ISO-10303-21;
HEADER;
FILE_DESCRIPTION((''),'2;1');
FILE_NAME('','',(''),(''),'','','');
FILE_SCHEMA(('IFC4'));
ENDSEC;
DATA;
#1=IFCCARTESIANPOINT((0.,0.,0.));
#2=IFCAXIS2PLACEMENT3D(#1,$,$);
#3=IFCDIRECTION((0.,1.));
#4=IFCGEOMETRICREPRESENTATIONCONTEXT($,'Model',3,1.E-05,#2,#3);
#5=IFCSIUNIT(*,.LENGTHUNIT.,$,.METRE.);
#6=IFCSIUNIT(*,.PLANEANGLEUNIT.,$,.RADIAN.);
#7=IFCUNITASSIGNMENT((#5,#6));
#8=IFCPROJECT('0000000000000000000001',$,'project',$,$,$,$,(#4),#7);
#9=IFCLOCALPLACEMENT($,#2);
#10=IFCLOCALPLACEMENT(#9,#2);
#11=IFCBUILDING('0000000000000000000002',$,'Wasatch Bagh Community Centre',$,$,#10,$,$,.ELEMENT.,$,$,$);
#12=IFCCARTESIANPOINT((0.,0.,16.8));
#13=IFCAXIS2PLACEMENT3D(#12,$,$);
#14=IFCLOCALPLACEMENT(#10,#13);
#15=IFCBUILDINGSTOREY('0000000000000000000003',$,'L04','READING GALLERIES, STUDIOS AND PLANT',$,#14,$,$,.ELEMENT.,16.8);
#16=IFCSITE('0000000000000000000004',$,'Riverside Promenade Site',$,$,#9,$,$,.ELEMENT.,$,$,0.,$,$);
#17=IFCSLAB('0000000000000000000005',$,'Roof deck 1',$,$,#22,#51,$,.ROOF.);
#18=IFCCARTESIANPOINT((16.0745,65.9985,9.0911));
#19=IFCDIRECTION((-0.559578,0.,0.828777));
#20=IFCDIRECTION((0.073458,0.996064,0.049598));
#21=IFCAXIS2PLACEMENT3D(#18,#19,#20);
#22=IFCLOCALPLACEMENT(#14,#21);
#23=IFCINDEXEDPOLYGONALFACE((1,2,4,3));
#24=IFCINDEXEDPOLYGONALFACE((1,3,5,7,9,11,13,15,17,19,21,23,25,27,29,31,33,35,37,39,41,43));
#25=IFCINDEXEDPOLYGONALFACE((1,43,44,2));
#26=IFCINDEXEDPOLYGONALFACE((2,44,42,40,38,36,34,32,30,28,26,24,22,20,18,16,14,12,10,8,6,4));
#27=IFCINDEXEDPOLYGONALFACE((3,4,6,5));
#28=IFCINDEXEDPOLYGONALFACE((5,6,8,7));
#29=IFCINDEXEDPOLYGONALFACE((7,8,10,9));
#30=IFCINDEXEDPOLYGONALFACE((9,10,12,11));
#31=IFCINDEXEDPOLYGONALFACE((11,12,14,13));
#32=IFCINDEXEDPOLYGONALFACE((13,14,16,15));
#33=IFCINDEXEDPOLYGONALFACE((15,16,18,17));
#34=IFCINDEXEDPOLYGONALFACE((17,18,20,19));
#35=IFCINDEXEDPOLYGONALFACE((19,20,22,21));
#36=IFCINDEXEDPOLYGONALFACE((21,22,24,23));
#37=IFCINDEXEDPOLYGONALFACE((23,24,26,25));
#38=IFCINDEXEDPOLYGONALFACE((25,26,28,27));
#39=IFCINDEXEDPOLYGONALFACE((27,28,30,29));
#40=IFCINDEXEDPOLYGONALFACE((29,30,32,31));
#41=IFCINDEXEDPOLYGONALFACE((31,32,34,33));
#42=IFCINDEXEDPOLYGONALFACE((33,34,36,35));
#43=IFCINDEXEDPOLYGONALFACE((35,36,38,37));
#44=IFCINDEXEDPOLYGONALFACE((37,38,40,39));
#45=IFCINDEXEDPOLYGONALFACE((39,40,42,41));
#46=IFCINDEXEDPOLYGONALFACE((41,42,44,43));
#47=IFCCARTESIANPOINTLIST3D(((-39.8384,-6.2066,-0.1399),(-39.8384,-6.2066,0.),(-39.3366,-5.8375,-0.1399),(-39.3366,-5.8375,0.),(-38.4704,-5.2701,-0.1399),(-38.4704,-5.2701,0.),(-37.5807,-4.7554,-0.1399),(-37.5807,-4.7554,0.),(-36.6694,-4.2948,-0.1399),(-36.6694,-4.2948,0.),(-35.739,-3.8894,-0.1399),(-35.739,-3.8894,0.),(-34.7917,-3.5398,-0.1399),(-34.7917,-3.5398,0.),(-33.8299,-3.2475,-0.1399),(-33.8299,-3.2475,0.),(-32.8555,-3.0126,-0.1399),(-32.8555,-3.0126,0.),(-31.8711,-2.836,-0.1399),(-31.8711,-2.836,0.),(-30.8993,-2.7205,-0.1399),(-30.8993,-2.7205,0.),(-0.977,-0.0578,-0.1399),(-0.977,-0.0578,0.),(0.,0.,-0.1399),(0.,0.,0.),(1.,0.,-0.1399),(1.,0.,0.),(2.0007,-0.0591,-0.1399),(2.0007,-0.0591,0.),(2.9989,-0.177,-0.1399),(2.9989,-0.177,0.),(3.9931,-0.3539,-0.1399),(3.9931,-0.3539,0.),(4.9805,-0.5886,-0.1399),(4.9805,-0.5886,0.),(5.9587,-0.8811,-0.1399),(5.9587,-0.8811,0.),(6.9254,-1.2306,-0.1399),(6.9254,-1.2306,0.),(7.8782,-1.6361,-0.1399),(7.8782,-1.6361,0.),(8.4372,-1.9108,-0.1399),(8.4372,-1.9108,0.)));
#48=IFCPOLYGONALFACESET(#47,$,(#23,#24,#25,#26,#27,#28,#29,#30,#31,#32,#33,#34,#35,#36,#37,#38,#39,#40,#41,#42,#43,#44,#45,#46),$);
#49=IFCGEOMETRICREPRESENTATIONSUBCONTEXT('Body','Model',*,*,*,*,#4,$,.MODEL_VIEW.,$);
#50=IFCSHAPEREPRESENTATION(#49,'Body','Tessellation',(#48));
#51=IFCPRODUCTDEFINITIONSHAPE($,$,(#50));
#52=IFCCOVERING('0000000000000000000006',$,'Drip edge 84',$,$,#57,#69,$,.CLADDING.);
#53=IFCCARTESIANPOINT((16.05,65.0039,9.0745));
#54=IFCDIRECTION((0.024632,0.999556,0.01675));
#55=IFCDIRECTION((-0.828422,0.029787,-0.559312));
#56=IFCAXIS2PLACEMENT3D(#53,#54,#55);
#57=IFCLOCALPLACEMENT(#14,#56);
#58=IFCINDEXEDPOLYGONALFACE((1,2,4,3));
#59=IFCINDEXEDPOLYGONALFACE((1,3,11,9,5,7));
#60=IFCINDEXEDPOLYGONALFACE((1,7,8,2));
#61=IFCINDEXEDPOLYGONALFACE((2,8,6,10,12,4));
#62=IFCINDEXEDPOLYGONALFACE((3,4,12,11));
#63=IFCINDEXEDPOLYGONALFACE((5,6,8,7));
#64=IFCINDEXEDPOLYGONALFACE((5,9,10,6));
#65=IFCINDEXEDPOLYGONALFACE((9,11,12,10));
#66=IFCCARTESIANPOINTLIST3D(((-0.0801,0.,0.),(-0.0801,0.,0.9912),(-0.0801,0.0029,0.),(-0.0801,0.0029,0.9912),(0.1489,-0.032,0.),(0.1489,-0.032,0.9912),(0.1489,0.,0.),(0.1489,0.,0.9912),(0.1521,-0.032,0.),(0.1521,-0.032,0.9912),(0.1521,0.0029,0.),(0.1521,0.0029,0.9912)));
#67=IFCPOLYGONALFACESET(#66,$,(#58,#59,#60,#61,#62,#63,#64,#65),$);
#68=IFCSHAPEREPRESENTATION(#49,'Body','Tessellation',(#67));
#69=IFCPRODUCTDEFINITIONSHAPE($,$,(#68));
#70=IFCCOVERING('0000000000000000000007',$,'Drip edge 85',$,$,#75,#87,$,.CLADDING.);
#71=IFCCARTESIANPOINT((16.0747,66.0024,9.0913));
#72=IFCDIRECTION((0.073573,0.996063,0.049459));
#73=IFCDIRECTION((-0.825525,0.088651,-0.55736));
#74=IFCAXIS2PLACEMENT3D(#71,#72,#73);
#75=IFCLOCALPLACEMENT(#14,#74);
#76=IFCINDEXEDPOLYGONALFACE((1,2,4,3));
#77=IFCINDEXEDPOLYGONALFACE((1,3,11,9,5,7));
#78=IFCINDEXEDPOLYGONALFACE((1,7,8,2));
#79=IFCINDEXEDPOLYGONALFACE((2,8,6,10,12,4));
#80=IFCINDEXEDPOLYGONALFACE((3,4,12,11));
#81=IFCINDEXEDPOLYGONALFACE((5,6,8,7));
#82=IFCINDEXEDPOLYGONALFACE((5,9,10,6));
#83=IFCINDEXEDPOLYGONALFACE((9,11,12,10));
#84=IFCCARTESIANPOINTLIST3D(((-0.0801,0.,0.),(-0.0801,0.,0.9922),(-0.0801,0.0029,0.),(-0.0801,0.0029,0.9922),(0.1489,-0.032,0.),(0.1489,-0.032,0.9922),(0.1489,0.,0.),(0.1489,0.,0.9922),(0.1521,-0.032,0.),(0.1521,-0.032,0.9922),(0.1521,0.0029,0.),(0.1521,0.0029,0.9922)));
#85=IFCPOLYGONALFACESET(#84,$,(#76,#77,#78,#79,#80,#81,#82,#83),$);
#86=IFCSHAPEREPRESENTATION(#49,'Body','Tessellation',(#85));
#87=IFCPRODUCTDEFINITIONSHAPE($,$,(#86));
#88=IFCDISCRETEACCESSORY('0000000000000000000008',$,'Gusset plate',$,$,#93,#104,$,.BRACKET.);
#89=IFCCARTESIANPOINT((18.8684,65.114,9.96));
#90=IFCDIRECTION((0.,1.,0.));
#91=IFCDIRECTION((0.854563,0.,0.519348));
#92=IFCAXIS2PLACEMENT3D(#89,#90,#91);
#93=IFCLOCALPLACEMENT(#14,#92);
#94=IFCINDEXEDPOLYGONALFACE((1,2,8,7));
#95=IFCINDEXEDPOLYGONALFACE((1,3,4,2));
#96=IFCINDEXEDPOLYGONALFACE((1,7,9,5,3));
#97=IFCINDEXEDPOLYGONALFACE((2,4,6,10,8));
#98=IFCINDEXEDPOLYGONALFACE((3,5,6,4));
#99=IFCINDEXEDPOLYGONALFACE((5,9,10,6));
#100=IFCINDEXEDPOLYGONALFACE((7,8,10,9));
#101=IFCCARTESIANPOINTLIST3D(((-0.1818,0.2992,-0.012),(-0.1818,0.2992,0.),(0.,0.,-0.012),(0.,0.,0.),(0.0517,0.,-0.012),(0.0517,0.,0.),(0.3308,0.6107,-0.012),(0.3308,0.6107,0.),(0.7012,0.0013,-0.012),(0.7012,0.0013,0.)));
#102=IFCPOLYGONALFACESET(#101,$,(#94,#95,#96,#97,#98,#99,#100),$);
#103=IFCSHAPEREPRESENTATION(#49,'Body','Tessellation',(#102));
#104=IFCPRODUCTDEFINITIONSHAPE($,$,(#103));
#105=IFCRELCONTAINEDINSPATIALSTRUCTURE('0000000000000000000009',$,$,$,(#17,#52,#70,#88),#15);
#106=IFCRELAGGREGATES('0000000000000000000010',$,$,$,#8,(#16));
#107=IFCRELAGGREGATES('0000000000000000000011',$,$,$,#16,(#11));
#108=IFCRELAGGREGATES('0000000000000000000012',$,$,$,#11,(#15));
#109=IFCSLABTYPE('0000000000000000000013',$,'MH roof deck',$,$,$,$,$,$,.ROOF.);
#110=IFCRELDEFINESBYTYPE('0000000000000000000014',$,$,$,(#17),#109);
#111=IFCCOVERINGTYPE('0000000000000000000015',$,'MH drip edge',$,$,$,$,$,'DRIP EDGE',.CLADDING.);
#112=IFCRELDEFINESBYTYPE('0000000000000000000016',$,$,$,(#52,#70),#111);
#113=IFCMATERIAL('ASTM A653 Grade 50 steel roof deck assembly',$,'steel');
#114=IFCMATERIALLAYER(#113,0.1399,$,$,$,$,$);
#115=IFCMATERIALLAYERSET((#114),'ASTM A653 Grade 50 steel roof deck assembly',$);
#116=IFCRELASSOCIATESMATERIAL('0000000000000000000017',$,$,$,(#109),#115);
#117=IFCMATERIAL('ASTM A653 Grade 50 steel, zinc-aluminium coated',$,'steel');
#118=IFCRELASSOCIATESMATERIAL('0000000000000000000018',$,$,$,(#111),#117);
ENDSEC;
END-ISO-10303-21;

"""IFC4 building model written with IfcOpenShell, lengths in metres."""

from ifc_helpers import new_model, si_unit, direction, frame, origin, place, context, subcontext, project, spatial, polyline, outline, extrude, material, layer, layer_set, material_profile, profile_set, type_object, element, save


model = new_model("IFC4")

# Units and contexts
model_context = context("Model", 3, precision=1e-05, world=origin(), true_north=direction((0.0, 1.0)))
body_context = subcontext(model_context, "Body", "Model", "MODEL_VIEW")
ifc_project = project(units=[si_unit("LENGTHUNIT", "METRE"), si_unit("PLANEANGLEUNIT", "RADIAN")], contexts=[model_context])

# Site, building, storey
site_placement = place(None, origin())
site = spatial("IfcSite", under=ifc_project, at=site_placement, Name="Riverside Promenade Site", CompositionType="ELEMENT", RefElevation=0.0)
building_placement = place(site_placement, origin())
building = spatial("IfcBuilding", under=site, at=building_placement, Name="Wasatch Bagh Community Centre", CompositionType="ELEMENT")
storey_placement = place(building_placement, frame((0.0, 0.0, 16.8)))
storey = spatial("IfcBuildingStorey", under=building, at=storey_placement, Name="L04", Description="READING GALLERIES, STUDIOS AND PLANT", CompositionType="ELEMENT", Elevation=16.8)

# Slab
ifc_material_1 = material(Name="ASTM A653 Grade 50 steel roof deck assembly", Category="steel")
ifc_layer_1 = layer(ifc_material_1, 0.1399)
ifc_layer_set_1 = layer_set([ifc_layer_1], Name="ASTM A653 Grade 50 steel roof deck assembly")
slab_type = type_object("IfcSlabType", Name="MH roof deck", PredefinedType="ROOF", material=ifc_layer_set_1)
slab_placement = place(storey_placement, frame((16.0745, 65.9985, 9.0911), z_axis=(-0.559578, 0.0, 0.828777), x_axis=(0.073458, 0.996064, 0.049598)))
element("IfcSlab", 1, at=slab_placement, inside=storey, type_object=slab_type, Name="Roof deck 1", PredefinedType="ROOF", context=body_context, shape_type="SweptSolid", body=[
    extrude(outline(polyline([(0.0, 0.0), (1.0, 0.0), (2.0007, -0.0591), (2.9989, -0.177), (3.9931, -0.3539), (4.9805, -0.5886), (5.9587, -0.8811), (6.9254, -1.2306), (7.8782, -1.6361), (8.4372, -1.9108), (-39.8384, -6.2066), (-39.3366, -5.8375), (-38.4704, -5.2701), (-37.5807, -4.7554), (-36.6694, -4.2948), (-35.739, -3.8894), (-34.7917, -3.5398), (-33.8299, -3.2475), (-32.8555, -3.0126), (-31.8711, -2.836), (-30.8993, -2.7205), (-0.977, -0.0578), (0.0, 0.0)])), origin(), (0.0, 0.0, -1.0), 0.1399),
])

# Coverings
ifc_material_2 = material(Name="ASTM A653 Grade 50 steel, zinc-aluminium coated", Category="steel")
ifc_material_profile_1 = material_profile(ifc_material_2, outline(polyline([(-0.0801, 0.0029), (0.1521, 0.0029), (0.1521, -0.032), (0.1489, -0.032), (0.1489, 0.0), (-0.0801, 0.0), (-0.0801, 0.0029)])), Name="DRIP EDGE")
ifc_profile_set_1 = profile_set([ifc_material_profile_1], Name="ASTM A653 Grade 50 steel, zinc-aluminium coated")
covering_type_1 = type_object("IfcCoveringType", Name="MH drip edge", ElementType="DRIP EDGE", PredefinedType="CLADDING", material=ifc_profile_set_1)
covering_1_placement = place(storey_placement, frame((16.05, 65.0039, 9.0745), z_axis=(0.024632, 0.999556, 0.01675), x_axis=(-0.828422, 0.029787, -0.559312)))
element("IfcCovering", 2, at=covering_1_placement, inside=storey, type_object=covering_type_1, Name="Drip edge 84", PredefinedType="CLADDING", context=body_context, shape_type="SweptSolid", body=[
    extrude(outline(polyline([(-0.0801, 0.0029), (0.1521, 0.0029), (0.1521, -0.032), (0.1489, -0.032), (0.1489, 0.0), (-0.0801, 0.0), (-0.0801, 0.0029)])), origin(), (0.0, 0.0, 1.0), 0.9912),
])
covering_2_placement = place(storey_placement, frame((16.0747, 66.0024, 9.0913), z_axis=(0.073573, 0.996063, 0.049459), x_axis=(-0.825525, 0.088651, -0.55736)))
element("IfcCovering", 3, at=covering_2_placement, inside=storey, type_object=covering_type_1, Name="Drip edge 85", PredefinedType="CLADDING", context=body_context, shape_type="SweptSolid", body=[
    extrude(outline(polyline([(-0.0801, 0.0029), (0.1521, 0.0029), (0.1521, -0.032), (0.1489, -0.032), (0.1489, 0.0), (-0.0801, 0.0), (-0.0801, 0.0029)])), origin(), (0.0, 0.0, 1.0), 0.9922),
])

# Discrete accessory
discrete_accessory_1_placement = place(storey_placement, frame((18.8684, 65.114, 9.96), z_axis=(0.0, 1.0, 0.0), x_axis=(0.854563, 0.0, 0.519348)))
element("IfcDiscreteAccessory", 4, at=discrete_accessory_1_placement, inside=storey, Name="Gusset plate", PredefinedType="BRACKET", context=body_context, shape_type="SweptSolid", body=[
    extrude(outline(polyline([(0.0, 0.0), (0.0517, 0.0), (0.7012, 0.0013), (0.3308, 0.6107), (-0.1818, 0.2992), (0.0, 0.0)])), origin(), (0.0, 0.0, -1.0), 0.012),
])

save(model, "model.ifc")
